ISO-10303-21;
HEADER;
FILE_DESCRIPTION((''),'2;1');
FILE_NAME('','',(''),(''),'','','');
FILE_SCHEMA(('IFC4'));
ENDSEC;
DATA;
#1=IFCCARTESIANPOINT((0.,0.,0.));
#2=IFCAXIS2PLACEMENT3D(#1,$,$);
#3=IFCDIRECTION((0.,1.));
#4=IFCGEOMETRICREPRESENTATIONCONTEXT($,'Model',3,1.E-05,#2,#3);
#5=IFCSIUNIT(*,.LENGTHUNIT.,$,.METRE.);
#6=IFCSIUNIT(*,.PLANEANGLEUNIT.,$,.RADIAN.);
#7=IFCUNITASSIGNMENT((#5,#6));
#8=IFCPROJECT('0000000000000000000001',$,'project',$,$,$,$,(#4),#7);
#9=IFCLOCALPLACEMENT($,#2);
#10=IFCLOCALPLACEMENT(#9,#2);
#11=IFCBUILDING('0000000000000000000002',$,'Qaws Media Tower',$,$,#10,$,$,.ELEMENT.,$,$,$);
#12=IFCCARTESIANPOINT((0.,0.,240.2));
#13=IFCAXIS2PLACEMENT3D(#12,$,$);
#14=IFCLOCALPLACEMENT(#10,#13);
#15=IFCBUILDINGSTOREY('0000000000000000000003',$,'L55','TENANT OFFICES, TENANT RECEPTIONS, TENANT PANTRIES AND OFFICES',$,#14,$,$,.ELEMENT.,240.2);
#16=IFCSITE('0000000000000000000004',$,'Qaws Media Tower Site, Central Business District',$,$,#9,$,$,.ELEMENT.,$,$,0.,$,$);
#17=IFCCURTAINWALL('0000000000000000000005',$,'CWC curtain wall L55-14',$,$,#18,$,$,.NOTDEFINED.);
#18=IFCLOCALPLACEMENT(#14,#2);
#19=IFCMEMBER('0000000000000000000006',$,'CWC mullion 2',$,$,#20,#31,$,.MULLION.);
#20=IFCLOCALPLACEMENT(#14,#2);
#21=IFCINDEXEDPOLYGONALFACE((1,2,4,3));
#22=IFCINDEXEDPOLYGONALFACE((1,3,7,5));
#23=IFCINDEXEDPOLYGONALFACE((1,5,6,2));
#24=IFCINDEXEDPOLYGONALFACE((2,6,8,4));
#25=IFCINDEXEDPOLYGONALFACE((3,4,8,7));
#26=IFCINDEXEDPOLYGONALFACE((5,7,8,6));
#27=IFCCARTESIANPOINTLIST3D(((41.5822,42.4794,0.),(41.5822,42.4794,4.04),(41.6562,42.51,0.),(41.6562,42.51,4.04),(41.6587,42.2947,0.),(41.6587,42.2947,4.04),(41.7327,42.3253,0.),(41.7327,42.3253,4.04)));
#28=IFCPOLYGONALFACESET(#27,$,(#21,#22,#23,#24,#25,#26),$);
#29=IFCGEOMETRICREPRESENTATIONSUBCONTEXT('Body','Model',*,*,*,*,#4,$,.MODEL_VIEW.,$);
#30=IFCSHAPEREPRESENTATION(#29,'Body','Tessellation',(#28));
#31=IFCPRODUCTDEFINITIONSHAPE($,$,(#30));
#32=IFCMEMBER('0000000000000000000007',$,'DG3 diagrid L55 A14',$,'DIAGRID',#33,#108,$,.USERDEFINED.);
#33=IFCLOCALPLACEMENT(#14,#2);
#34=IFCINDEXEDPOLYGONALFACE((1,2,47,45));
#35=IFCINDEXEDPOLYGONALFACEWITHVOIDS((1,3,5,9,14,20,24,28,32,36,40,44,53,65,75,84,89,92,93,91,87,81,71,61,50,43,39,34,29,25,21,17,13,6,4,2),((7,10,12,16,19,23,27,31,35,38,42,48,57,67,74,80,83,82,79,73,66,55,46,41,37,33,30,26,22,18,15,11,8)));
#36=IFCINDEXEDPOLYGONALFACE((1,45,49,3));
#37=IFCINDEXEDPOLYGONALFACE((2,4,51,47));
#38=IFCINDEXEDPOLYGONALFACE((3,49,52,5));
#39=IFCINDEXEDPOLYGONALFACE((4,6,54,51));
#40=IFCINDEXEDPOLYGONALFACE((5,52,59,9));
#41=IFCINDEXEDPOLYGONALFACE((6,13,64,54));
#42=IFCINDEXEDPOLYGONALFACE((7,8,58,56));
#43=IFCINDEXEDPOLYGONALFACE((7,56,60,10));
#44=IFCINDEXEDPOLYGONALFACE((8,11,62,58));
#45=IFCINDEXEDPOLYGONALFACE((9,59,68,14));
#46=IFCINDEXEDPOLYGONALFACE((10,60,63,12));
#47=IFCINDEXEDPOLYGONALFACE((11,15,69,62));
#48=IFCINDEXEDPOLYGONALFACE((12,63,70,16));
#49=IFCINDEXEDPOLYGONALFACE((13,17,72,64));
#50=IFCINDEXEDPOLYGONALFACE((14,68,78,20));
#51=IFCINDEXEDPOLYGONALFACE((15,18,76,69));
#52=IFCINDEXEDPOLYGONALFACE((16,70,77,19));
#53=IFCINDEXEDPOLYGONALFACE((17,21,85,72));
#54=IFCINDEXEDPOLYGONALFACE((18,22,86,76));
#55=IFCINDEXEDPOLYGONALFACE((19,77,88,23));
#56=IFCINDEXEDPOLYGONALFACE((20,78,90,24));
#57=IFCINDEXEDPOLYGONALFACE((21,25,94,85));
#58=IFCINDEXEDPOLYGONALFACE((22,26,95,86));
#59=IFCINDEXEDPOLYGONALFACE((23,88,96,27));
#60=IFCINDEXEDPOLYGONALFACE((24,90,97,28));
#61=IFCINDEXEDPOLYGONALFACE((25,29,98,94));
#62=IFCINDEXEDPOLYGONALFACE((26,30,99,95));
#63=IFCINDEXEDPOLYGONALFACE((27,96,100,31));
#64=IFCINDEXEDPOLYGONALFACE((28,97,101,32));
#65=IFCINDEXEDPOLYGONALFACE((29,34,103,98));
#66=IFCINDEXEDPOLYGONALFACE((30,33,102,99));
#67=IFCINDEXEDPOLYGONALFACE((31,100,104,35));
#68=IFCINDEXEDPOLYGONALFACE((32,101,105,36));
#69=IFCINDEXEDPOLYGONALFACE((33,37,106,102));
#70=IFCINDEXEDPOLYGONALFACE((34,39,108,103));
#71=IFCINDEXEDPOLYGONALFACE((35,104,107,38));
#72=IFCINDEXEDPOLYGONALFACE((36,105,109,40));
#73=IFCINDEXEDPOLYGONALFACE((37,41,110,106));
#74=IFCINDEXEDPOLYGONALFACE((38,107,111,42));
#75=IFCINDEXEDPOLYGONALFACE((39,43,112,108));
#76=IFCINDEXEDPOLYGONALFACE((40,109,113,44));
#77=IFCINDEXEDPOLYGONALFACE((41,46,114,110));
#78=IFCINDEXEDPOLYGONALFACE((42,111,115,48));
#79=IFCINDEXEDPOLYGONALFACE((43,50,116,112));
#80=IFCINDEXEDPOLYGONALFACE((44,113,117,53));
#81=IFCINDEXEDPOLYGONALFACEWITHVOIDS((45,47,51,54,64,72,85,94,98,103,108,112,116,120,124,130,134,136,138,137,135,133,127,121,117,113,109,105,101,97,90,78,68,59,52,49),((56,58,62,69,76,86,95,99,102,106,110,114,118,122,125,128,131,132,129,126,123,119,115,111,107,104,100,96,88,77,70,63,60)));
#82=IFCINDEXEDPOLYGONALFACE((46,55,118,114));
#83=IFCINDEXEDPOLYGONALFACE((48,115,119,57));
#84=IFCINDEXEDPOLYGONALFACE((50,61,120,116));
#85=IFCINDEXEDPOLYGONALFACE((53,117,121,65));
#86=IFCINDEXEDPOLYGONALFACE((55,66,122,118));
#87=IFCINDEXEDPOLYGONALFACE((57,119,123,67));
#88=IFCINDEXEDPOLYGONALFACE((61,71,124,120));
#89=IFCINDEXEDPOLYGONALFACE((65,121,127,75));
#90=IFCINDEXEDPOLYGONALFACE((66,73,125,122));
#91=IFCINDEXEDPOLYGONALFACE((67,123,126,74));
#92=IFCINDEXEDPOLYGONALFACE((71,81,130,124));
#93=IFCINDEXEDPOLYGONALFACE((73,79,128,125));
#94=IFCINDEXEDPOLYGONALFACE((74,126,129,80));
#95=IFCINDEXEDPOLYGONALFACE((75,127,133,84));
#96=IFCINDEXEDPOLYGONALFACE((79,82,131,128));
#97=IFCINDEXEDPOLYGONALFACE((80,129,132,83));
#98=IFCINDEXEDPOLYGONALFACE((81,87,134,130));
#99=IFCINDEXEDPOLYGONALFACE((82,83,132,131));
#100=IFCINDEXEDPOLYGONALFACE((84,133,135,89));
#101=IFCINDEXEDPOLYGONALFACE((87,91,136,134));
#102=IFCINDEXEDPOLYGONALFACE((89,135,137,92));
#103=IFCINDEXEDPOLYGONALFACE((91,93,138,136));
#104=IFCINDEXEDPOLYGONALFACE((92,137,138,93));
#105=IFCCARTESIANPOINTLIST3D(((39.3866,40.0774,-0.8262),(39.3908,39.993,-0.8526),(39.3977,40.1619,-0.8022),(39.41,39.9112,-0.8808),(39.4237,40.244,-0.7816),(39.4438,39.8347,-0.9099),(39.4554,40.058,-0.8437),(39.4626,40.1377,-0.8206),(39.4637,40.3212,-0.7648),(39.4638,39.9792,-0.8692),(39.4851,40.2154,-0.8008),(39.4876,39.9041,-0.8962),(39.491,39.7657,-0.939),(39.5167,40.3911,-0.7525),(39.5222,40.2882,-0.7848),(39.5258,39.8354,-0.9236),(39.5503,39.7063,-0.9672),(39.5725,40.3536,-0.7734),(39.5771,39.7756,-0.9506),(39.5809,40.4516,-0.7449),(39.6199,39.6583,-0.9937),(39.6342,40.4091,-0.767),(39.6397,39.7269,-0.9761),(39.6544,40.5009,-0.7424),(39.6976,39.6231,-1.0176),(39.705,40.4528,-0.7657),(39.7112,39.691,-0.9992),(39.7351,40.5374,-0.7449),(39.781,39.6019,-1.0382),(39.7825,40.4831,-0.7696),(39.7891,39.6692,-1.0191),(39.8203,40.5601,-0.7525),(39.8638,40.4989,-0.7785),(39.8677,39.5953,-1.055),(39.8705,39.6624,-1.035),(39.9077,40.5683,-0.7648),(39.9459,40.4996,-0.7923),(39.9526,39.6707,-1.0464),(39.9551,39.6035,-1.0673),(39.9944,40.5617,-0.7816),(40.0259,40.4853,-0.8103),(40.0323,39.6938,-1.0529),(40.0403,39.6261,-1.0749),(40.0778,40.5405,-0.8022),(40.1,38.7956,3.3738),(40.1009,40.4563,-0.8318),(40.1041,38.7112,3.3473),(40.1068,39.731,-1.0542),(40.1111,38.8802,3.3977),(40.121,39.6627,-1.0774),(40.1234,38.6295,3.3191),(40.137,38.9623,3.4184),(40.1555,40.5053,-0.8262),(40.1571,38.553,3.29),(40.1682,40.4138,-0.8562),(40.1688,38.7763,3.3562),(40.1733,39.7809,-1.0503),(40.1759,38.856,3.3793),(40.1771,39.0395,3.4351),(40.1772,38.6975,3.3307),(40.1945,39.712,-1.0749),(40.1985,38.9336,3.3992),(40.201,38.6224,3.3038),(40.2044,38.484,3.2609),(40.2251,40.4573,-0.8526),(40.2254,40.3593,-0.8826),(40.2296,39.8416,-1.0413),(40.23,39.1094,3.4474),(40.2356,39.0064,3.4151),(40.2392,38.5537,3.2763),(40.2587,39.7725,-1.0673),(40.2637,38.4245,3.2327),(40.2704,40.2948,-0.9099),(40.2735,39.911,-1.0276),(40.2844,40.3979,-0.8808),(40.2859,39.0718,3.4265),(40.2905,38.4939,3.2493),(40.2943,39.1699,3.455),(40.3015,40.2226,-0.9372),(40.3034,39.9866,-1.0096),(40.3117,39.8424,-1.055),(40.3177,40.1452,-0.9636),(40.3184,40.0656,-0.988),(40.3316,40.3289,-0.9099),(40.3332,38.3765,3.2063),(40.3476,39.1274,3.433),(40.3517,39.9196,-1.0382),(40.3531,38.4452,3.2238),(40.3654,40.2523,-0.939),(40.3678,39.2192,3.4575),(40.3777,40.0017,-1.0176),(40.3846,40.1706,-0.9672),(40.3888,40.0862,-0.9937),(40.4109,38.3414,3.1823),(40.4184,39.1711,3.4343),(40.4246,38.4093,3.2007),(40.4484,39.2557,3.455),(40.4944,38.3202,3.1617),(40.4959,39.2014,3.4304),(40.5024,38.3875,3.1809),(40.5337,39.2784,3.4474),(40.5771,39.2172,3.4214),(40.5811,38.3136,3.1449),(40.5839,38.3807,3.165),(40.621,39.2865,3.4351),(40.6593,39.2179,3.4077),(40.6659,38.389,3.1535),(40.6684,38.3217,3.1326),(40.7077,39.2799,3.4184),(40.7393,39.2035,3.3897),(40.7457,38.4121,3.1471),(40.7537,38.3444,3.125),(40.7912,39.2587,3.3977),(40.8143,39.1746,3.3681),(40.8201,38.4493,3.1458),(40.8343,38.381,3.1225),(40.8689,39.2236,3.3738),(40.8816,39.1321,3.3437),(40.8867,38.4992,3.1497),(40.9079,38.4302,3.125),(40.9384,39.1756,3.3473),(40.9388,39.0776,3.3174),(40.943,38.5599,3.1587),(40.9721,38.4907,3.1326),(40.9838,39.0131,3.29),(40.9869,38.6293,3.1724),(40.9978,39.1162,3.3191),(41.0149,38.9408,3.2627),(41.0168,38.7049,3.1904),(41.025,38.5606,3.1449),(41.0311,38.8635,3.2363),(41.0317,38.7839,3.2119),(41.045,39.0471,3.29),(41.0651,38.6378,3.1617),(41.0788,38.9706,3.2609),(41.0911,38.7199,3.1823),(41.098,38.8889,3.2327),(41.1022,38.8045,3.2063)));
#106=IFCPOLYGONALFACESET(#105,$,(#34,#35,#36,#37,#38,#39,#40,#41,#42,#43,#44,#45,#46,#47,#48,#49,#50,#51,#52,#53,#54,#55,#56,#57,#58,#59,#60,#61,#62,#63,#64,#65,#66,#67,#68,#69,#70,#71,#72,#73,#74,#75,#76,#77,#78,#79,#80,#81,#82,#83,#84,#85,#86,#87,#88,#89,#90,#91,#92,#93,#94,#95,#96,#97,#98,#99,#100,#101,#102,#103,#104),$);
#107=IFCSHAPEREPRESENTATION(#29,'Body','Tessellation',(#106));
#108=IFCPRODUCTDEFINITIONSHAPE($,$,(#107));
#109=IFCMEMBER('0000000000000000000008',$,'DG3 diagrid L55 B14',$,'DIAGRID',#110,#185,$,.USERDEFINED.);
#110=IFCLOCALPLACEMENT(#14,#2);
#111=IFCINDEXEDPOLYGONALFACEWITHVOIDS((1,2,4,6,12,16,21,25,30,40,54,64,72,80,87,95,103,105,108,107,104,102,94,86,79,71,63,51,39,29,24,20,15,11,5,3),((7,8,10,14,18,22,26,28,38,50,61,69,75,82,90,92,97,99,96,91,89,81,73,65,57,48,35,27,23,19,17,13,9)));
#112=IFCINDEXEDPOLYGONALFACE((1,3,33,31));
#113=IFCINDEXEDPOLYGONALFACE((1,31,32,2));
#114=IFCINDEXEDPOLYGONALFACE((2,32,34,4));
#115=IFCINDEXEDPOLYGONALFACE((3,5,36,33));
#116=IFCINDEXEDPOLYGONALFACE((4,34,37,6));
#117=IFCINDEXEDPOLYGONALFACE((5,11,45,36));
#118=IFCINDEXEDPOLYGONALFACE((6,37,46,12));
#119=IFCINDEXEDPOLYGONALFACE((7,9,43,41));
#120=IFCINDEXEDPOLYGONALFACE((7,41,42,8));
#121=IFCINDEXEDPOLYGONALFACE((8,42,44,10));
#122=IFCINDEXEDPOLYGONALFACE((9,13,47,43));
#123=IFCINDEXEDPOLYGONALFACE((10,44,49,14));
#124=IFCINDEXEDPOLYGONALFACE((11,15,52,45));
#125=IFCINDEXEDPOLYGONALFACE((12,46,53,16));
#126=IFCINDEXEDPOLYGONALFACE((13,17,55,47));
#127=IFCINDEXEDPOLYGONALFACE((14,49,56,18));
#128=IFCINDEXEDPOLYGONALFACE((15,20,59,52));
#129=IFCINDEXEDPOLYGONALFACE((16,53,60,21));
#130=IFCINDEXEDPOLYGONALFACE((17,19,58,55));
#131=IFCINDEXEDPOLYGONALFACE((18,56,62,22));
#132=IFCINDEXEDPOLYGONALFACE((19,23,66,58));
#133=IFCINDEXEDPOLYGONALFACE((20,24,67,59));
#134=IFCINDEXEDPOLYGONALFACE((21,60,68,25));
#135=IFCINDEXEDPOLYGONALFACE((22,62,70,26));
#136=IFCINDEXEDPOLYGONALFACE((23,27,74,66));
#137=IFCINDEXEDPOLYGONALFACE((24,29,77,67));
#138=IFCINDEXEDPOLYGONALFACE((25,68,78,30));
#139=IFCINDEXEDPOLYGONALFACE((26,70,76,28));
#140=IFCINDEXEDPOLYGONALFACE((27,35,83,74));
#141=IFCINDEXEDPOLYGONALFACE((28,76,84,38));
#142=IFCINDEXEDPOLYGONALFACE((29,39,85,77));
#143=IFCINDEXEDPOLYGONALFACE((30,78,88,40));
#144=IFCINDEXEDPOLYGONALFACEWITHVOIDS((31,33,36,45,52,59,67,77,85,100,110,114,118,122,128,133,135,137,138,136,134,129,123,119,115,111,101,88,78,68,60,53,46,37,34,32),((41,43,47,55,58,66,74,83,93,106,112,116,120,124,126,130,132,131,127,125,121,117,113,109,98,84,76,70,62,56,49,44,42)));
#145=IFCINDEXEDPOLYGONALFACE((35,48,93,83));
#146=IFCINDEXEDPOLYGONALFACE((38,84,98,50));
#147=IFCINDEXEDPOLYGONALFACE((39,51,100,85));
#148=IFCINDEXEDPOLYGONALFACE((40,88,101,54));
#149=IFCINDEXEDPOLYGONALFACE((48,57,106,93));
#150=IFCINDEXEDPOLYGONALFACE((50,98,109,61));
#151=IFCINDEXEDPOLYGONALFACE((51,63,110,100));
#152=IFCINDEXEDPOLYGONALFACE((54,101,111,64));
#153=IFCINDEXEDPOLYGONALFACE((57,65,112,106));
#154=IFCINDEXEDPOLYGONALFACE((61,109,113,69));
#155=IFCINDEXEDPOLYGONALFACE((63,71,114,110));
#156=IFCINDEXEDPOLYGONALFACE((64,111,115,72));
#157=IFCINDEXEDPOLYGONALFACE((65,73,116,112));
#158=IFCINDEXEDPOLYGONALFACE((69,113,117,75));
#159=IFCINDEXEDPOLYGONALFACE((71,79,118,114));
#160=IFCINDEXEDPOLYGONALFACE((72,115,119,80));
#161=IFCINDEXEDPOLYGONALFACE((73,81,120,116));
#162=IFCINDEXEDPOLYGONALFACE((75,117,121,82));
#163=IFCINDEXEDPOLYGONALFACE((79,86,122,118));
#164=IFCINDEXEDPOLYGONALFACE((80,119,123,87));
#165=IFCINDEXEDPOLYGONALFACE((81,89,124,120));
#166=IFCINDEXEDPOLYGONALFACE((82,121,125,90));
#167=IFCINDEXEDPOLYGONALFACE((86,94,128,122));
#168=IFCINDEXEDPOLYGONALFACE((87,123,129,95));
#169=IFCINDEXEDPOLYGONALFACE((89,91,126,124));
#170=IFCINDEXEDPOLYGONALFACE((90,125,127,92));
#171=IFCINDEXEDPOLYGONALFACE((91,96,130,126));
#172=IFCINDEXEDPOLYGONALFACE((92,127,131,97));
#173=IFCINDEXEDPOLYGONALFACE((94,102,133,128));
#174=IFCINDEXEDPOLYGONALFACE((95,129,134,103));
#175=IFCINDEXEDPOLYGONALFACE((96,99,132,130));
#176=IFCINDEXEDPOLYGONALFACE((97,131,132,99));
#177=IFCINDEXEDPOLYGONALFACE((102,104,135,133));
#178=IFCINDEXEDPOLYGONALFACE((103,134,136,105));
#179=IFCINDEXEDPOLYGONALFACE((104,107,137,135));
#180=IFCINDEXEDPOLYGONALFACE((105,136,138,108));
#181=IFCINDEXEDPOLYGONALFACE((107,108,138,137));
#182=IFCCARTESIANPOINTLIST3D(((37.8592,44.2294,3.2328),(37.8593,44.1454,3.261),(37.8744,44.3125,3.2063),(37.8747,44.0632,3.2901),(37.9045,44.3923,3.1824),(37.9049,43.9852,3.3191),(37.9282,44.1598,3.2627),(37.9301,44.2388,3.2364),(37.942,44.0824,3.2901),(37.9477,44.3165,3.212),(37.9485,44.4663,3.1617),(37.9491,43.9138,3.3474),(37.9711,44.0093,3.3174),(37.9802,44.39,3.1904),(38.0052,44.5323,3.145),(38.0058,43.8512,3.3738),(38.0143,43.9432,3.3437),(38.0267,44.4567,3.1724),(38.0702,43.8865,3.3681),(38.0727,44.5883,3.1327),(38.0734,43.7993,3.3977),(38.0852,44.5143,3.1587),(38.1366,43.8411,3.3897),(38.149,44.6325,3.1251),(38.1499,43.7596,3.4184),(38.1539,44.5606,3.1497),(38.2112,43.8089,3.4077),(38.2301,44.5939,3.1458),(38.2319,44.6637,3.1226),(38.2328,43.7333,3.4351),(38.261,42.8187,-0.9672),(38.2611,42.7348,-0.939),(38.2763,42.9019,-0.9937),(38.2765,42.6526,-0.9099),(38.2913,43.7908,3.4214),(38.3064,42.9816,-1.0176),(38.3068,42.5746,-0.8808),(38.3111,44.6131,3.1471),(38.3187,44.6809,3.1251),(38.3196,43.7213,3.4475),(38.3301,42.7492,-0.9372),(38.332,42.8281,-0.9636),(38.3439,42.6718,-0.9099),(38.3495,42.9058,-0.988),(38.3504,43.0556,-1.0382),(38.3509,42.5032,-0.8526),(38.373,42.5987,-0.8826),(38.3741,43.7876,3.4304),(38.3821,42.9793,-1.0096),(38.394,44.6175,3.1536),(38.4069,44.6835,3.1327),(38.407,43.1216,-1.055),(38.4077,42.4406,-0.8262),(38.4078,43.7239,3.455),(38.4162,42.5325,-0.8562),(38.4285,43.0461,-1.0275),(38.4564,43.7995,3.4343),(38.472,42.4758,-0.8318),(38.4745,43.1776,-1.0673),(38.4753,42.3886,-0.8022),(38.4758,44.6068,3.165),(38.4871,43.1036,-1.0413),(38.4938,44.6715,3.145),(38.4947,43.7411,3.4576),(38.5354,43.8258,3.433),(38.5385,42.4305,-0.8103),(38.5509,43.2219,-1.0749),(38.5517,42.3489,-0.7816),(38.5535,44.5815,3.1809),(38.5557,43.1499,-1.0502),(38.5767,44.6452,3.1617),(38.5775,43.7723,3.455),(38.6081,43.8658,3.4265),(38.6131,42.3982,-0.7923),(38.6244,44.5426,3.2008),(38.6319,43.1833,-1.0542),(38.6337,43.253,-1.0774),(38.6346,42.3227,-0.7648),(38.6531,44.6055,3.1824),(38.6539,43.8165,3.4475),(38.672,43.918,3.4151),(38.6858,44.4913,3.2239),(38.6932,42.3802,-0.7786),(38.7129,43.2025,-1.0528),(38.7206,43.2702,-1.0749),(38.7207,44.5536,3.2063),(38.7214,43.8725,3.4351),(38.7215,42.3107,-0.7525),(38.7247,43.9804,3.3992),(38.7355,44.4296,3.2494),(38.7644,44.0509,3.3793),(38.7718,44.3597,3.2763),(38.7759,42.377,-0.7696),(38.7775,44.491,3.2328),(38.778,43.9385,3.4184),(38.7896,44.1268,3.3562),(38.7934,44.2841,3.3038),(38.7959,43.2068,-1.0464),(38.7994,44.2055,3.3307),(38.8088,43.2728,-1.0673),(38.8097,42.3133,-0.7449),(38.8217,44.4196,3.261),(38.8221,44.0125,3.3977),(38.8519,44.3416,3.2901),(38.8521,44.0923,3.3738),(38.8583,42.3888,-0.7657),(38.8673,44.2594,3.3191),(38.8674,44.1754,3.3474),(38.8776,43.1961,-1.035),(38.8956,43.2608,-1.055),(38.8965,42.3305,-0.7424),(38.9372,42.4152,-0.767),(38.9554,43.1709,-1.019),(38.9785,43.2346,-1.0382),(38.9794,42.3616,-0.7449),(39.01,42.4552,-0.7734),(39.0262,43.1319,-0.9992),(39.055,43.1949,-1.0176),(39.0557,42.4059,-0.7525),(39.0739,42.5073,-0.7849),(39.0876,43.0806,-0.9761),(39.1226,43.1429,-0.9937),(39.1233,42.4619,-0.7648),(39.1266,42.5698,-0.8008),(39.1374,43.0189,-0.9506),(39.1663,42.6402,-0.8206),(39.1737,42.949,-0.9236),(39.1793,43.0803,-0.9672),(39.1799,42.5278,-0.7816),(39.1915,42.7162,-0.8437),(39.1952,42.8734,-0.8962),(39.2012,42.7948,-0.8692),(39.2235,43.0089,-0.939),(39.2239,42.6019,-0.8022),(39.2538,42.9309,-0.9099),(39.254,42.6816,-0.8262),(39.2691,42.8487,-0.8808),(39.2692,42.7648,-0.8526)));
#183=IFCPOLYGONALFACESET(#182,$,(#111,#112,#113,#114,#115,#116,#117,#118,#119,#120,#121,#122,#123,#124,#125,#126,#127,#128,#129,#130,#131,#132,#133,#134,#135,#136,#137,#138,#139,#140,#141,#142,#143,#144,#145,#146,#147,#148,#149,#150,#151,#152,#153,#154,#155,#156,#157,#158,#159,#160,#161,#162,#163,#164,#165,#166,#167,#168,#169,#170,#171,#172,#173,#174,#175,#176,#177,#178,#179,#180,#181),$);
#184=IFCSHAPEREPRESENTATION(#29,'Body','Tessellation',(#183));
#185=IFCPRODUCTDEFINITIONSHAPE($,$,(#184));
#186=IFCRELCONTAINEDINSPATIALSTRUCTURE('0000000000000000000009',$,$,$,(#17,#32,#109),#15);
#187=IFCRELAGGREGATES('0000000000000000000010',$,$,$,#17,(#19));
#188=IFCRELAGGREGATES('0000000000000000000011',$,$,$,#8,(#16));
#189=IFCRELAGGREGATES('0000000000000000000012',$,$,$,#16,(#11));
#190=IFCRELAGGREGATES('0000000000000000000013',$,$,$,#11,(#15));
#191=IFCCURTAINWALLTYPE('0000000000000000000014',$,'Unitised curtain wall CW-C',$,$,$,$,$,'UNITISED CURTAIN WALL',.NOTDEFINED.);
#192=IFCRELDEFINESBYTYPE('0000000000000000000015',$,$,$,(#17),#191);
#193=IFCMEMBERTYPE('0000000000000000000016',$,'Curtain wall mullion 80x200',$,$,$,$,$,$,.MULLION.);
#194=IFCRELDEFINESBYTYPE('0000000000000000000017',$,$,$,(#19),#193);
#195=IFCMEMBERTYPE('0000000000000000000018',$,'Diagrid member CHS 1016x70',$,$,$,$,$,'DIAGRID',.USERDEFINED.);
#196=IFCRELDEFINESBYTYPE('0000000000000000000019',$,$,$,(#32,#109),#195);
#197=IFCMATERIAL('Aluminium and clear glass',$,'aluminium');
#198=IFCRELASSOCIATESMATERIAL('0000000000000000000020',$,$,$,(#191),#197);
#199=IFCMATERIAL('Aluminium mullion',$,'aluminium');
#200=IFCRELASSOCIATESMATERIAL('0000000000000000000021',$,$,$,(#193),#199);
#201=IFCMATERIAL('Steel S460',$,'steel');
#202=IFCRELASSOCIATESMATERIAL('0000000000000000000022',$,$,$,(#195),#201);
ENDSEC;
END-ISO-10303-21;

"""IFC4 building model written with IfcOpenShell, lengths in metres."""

from ifc_helpers import new_model, si_unit, direction, frame, origin, origin_2d, place, context, subcontext, project, spatial, rectangle, hollow_circle, extrude, material, material_profile, profile_set, type_object, element, aggregate, save


model = new_model("IFC4")

# Units and contexts
model_context = context("Model", 3, precision=1e-05, world=origin(), true_north=direction((0.0, 1.0)))
body_context = subcontext(model_context, "Body", "Model", "MODEL_VIEW")
ifc_project = project(units=[si_unit("LENGTHUNIT", "METRE"), si_unit("PLANEANGLEUNIT", "RADIAN")], contexts=[model_context])

# Site, building, storey
site_placement = place(None, origin())
site = spatial("IfcSite", under=ifc_project, at=site_placement, Name="Qaws Media Tower Site, Central Business District", CompositionType="ELEMENT", RefElevation=0.0)
building_placement = place(site_placement, origin())
building = spatial("IfcBuilding", under=site, at=building_placement, Name="Qaws Media Tower", CompositionType="ELEMENT")
storey_placement = place(building_placement, frame((0.0, 0.0, 240.2)))
storey = spatial("IfcBuildingStorey", under=building, at=storey_placement, Name="L55", Description="TENANT OFFICES, TENANT RECEPTIONS, TENANT PANTRIES AND OFFICES", CompositionType="ELEMENT", Elevation=240.2)

# Curtain wall, member
ifc_material_1 = material(Name="Aluminium and clear glass", Category="aluminium")
curtain_wall_type = type_object("IfcCurtainWallType", Name="Unitised curtain wall CW-C", ElementType="UNITISED CURTAIN WALL", PredefinedType="NOTDEFINED", material=ifc_material_1)
curtain_wall_placement = place(storey_placement, origin())
curtain_wall = element("IfcCurtainWall", 1, at=curtain_wall_placement, inside=storey, type_object=curtain_wall_type, Name="CWC curtain wall L55-14", PredefinedType="NOTDEFINED")
ifc_material_2 = material(Name="Aluminium mullion", Category="aluminium")
ifc_material_profile_1 = material_profile(ifc_material_2, rectangle(XDim=0.0801, YDim=0.2, at=origin_2d()), Name="80x200")
ifc_profile_set_1 = profile_set([ifc_material_profile_1], Name="Aluminium mullion")
member_type_1 = type_object("IfcMemberType", Name="Curtain wall mullion 80x200", PredefinedType="MULLION", material=ifc_profile_set_1)
member_placement = place(storey_placement, frame((41.6575, 42.4023, 0.0), z_axis=(0.0, 0.0, 1.0), x_axis=(0.92388, 0.382683, 0.0)))
member = element("IfcMember", 2, at=member_placement, type_object=member_type_1, Name="CWC mullion 2", PredefinedType="MULLION", context=body_context, shape_type="SweptSolid", body=[
    extrude(rectangle(XDim=0.0801, YDim=0.2, at=origin_2d()), origin(), (0.0, 0.0, 1.0), 4.04),
])

# Members
ifc_material_3 = material(Name="Steel S460", Category="steel")
ifc_material_profile_2 = material_profile(ifc_material_3, hollow_circle(Radius=0.5081, WallThickness=0.0701, at=origin_2d()), Name="CHS 1016x70")
ifc_profile_set_2 = profile_set([ifc_material_profile_2], Name="Steel S460")
member_type_2 = type_object("IfcMemberType", Name="Diagrid member CHS 1016x70", ElementType="DIAGRID", PredefinedType="USERDEFINED", material=ifc_profile_set_2)
for number, where, z_axis, x_axis, name in (
    (3, (39.8877, 40.0818, -0.9099), (0.160355, -0.288112, 0.944075), (0.87378, 0.486321, 0.0), "DG3 diagrid L55 A14"),
    (4, (38.7651, 42.7917, -0.9099), (-0.090331, 0.317091, 0.944084), (-0.961737, -0.273974, 0.0), "DG3 diagrid L55 B14"),
):
    element("IfcMember", number, at=place(storey_placement, frame(where, z_axis=z_axis, x_axis=x_axis)), inside=storey, type_object=member_type_2, Name=name, ObjectType="DIAGRID", PredefinedType="USERDEFINED", context=body_context, shape_type="SweptSolid", body=[
        extrude(hollow_circle(Radius=0.5081, WallThickness=0.0701, at=origin_2d()), origin(), (0.0, 0.0, 1.0), 4.4487),
    ])

aggregate(curtain_wall, [member])

save(model, "model.ifc")
